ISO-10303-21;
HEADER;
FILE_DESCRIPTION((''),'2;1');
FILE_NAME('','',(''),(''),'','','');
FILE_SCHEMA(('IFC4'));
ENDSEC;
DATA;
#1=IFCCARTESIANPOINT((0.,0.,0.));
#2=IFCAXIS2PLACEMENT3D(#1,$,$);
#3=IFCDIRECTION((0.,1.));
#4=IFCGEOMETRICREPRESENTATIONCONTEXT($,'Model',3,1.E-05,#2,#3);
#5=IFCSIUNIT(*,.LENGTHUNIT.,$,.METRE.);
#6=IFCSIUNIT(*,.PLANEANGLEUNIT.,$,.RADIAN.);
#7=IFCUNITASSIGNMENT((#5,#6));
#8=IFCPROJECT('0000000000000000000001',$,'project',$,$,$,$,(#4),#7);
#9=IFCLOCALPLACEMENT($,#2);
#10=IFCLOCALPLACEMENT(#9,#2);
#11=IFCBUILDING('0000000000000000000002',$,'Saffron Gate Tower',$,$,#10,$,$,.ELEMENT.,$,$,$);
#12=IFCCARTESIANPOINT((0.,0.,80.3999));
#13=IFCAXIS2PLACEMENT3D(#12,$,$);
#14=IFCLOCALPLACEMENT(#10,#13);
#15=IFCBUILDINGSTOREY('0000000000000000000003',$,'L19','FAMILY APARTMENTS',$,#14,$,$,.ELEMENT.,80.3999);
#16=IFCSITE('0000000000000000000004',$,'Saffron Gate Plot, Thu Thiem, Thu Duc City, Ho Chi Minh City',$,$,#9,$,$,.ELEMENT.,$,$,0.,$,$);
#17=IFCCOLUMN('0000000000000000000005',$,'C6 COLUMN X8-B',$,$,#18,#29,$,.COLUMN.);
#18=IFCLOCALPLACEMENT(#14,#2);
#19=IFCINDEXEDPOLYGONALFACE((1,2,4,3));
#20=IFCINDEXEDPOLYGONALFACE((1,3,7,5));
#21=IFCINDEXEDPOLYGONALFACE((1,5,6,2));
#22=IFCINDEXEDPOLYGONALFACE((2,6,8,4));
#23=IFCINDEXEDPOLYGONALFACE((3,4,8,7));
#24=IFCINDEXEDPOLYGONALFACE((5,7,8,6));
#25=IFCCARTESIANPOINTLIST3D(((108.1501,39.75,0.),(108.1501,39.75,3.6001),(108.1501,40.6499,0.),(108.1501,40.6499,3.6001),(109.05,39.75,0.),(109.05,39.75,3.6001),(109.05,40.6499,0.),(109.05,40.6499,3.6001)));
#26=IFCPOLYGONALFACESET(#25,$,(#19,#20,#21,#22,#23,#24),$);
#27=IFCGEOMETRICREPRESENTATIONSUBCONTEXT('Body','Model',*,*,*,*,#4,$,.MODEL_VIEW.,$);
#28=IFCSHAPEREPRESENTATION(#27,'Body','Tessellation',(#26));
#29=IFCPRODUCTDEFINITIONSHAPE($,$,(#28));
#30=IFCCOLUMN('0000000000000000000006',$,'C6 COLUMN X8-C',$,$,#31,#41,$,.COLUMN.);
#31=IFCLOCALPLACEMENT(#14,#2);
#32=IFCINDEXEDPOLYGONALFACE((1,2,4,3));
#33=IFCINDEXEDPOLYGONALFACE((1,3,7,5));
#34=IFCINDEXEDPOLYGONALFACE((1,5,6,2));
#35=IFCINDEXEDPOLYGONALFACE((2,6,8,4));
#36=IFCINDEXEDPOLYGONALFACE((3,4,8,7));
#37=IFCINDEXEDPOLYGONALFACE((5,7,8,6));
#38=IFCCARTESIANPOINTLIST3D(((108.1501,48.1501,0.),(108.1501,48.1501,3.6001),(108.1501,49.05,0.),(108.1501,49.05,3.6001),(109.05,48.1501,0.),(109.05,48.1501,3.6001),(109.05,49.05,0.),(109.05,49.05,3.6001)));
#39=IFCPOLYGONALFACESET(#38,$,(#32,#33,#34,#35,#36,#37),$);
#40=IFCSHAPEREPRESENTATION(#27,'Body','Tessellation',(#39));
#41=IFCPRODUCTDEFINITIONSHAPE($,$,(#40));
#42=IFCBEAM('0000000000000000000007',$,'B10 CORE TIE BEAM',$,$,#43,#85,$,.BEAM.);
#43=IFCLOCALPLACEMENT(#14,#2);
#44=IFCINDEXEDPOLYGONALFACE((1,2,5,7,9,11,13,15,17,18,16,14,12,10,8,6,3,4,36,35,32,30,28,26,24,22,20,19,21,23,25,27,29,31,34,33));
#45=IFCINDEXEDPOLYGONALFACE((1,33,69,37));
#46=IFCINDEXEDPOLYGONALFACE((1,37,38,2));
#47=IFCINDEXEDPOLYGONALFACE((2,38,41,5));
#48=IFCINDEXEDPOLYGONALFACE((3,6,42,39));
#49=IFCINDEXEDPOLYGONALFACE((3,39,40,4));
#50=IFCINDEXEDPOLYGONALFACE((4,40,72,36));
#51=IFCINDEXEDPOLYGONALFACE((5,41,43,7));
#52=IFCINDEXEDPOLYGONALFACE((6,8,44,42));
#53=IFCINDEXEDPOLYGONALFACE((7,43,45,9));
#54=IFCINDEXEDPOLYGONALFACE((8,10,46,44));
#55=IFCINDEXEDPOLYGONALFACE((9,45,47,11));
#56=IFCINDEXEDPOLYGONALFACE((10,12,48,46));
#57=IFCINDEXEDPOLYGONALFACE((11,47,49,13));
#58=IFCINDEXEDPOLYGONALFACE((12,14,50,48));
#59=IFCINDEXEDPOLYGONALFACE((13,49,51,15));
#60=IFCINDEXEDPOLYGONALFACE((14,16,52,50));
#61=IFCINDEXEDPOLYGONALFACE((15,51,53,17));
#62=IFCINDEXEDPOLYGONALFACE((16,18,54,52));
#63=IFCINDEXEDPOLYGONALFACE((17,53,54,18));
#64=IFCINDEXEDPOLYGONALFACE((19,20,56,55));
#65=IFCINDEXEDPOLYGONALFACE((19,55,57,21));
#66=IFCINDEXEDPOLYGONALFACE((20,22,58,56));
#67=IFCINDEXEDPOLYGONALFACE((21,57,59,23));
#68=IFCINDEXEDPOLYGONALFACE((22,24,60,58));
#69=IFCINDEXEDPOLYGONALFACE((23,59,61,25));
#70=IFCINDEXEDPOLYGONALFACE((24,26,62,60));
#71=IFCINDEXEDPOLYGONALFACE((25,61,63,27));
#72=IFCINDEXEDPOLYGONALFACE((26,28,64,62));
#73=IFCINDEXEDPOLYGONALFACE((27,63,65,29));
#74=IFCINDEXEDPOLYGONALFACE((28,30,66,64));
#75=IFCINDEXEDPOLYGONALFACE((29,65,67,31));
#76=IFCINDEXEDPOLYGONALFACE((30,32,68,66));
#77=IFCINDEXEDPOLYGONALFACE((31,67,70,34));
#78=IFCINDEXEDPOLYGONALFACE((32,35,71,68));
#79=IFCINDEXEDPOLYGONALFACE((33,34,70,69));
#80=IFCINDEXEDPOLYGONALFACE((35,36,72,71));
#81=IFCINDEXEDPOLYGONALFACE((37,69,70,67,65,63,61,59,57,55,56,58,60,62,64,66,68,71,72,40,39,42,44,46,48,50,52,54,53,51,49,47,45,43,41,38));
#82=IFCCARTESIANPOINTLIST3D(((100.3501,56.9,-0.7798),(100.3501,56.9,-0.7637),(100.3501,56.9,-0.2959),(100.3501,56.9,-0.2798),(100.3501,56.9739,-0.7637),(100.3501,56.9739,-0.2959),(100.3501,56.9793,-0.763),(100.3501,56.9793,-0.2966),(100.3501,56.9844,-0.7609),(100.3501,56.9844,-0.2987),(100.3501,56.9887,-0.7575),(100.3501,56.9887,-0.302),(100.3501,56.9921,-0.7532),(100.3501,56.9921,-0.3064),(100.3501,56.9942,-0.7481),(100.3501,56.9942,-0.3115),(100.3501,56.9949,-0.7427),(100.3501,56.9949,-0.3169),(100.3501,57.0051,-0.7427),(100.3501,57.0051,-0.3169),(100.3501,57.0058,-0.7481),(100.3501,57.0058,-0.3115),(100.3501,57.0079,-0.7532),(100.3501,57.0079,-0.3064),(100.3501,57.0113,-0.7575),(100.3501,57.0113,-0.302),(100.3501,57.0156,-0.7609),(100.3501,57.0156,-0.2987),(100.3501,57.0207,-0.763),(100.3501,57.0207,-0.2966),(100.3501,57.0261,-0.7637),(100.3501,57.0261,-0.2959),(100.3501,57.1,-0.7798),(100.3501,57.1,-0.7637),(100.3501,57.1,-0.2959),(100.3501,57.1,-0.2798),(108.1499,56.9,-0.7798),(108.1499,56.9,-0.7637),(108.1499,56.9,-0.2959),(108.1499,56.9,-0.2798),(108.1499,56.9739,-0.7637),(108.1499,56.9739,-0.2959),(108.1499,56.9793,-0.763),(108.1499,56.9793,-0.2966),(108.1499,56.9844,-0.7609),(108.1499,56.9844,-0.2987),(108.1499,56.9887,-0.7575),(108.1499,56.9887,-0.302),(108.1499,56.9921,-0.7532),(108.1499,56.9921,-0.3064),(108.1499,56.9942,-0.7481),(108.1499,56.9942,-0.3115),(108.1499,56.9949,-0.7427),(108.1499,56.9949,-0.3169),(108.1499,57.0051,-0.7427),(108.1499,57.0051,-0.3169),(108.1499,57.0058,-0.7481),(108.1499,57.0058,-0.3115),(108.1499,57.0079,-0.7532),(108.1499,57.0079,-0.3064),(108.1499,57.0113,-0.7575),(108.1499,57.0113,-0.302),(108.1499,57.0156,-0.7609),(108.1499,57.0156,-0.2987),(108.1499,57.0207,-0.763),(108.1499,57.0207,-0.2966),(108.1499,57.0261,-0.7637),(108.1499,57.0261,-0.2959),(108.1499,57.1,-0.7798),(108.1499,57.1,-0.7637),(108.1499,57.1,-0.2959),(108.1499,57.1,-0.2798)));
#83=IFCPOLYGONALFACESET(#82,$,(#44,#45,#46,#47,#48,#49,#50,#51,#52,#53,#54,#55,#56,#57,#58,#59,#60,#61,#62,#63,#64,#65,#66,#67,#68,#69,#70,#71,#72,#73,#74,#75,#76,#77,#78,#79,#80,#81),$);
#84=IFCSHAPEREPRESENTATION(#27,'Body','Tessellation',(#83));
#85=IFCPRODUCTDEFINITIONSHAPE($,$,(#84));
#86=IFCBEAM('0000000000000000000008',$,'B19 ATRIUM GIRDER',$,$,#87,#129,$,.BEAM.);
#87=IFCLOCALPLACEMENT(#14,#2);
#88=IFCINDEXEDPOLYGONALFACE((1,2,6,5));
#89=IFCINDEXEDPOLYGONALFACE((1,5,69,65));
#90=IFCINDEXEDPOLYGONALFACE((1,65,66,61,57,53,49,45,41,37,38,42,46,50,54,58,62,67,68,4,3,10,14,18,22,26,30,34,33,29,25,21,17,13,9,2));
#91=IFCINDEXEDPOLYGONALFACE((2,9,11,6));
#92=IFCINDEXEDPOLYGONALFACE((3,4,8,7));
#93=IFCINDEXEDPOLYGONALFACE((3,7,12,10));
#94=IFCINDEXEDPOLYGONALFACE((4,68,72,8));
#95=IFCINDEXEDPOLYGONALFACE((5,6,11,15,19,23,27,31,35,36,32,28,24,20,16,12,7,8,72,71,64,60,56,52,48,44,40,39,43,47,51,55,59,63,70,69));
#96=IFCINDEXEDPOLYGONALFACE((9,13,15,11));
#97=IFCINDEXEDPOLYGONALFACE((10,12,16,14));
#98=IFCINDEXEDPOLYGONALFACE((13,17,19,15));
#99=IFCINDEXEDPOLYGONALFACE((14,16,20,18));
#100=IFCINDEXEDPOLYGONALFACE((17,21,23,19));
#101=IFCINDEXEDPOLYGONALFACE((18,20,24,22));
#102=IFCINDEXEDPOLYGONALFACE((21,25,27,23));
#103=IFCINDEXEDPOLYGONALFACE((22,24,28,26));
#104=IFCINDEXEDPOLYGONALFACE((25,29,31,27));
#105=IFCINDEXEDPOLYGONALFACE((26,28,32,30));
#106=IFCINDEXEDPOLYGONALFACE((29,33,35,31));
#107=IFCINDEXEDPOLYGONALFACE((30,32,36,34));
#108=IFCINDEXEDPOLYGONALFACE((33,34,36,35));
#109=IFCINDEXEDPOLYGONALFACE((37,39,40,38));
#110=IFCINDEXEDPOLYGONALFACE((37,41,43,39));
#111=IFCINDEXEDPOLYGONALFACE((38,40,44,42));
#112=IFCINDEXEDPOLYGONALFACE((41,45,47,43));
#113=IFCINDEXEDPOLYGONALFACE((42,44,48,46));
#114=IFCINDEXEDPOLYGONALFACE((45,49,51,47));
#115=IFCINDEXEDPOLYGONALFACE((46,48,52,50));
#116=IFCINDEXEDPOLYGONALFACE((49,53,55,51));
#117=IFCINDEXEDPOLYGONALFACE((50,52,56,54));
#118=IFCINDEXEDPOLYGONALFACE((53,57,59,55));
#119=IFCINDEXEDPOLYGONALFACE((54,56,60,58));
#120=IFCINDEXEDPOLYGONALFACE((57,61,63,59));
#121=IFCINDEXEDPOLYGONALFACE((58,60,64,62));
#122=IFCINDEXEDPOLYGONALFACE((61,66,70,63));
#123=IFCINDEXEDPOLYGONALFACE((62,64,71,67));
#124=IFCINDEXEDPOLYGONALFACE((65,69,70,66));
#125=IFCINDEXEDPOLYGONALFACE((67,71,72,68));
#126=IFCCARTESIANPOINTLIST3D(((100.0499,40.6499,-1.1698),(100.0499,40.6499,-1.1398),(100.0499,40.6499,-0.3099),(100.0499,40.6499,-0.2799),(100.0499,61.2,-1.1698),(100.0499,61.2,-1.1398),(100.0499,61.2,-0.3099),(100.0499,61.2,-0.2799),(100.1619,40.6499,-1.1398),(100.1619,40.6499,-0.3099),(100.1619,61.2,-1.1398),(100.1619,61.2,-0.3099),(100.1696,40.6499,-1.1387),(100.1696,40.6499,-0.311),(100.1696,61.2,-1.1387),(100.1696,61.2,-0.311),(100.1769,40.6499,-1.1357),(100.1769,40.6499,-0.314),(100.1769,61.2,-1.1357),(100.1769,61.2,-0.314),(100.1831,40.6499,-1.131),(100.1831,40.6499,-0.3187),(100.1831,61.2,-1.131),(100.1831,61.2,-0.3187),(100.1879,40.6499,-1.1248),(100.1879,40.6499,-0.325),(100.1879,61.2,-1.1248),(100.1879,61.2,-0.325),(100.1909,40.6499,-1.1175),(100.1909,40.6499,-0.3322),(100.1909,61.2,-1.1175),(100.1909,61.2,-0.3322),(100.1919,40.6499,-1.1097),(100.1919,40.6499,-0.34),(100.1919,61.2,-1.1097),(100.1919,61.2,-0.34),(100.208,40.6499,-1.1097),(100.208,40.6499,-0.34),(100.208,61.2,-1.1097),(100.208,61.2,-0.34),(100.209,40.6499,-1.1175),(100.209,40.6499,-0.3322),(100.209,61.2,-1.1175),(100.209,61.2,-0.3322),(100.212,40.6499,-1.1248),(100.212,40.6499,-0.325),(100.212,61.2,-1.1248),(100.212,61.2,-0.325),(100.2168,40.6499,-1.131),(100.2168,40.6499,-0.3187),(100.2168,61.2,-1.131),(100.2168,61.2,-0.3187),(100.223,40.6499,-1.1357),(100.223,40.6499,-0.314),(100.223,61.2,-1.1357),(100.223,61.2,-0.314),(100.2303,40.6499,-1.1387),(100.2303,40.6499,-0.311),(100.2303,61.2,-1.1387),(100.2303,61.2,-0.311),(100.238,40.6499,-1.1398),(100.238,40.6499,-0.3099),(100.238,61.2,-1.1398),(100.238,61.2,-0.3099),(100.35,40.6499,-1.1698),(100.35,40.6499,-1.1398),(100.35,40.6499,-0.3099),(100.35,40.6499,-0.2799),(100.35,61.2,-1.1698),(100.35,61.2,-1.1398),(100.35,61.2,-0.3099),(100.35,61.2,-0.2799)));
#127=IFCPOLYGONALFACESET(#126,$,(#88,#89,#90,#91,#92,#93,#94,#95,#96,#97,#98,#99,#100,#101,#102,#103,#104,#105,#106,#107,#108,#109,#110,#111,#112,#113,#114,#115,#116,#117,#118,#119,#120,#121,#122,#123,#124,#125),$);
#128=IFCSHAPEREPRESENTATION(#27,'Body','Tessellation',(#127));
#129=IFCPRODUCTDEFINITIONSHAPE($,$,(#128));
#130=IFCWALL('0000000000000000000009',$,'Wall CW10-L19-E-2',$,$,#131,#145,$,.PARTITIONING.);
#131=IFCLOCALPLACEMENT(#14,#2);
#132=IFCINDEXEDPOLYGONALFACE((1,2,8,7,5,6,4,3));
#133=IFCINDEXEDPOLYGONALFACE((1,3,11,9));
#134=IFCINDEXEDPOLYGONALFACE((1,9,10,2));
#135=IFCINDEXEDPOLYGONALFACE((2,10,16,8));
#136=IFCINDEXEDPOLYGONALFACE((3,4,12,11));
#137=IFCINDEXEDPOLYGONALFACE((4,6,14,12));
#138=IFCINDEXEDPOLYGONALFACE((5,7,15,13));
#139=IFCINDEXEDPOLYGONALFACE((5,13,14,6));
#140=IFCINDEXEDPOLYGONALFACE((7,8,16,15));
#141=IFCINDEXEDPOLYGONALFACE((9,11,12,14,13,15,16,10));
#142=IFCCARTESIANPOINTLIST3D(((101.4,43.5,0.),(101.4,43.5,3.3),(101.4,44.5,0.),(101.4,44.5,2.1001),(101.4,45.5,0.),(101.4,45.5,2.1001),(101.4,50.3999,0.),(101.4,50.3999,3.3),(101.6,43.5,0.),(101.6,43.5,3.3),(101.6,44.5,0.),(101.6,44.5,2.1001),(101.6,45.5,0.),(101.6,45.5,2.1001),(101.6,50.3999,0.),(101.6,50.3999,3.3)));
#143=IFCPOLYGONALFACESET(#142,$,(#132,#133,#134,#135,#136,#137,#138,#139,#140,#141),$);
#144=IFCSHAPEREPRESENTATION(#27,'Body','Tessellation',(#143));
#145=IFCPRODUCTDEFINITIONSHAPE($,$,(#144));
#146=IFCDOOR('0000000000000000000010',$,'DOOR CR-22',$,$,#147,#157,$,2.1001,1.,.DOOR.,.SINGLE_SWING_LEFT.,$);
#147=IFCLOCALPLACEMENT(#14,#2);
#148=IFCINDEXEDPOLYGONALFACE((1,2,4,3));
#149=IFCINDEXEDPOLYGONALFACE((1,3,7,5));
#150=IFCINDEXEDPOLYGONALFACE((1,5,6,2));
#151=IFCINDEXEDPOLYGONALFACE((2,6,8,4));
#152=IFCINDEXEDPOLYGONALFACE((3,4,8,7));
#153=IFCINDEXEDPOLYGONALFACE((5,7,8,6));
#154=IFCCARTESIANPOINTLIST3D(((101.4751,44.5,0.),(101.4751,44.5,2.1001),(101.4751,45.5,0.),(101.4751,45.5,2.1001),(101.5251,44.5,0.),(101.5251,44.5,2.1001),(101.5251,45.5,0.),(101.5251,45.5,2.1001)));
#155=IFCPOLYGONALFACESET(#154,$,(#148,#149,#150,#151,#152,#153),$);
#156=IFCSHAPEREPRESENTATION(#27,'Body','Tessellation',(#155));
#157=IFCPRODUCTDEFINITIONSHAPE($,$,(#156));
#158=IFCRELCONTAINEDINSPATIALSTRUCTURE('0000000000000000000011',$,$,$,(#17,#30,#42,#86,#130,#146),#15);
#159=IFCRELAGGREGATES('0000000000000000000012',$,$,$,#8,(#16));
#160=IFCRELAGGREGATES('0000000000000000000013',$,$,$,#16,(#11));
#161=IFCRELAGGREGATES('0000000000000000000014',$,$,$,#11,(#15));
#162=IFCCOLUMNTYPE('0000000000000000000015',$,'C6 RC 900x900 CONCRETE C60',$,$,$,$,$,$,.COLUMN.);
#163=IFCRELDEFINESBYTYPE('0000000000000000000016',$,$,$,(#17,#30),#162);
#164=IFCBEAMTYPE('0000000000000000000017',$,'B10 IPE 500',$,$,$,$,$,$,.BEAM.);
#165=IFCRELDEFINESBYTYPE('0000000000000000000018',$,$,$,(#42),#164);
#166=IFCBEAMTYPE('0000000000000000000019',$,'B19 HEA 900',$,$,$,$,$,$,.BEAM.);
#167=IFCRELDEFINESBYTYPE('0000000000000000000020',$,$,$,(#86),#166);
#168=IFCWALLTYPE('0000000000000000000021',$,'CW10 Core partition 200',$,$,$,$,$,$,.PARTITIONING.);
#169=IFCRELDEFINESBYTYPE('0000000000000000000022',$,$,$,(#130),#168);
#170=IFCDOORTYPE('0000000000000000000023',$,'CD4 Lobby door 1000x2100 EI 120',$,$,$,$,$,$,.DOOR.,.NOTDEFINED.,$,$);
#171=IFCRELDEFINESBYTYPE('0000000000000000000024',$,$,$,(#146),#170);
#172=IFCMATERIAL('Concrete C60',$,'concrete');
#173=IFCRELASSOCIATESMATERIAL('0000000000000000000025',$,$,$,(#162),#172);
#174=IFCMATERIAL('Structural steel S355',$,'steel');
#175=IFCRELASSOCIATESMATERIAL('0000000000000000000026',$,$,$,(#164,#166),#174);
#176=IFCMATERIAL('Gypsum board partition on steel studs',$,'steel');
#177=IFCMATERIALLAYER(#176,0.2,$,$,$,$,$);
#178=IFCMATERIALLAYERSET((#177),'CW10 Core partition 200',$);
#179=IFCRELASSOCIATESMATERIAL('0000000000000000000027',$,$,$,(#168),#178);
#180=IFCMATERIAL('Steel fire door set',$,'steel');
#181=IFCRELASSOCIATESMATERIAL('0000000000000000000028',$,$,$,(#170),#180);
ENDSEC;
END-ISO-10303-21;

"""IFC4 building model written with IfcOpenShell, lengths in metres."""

from ifc_helpers import new_model, si_unit, direction, frame, frame_2d, origin, origin_2d, place, context, subcontext, project, spatial, rectangle, i_section, extrude, material, layer, layer_set, material_profile, profile_set, type_object, element, fill, save


model = new_model("IFC4")

# Units and contexts
model_context = context("Model", 3, precision=1e-05, world=origin(), true_north=direction((0.0, 1.0)))
body_context = subcontext(model_context, "Body", "Model", "MODEL_VIEW")
ifc_project = project(units=[si_unit("LENGTHUNIT", "METRE"), si_unit("PLANEANGLEUNIT", "RADIAN")], contexts=[model_context])

# Site, building, storey
site_placement = place(None, origin())
site = spatial("IfcSite", under=ifc_project, at=site_placement, Name="Saffron Gate Plot, Thu Thiem, Thu Duc City, Ho Chi Minh City", CompositionType="ELEMENT", RefElevation=0.0)
building_placement = place(site_placement, origin())
building = spatial("IfcBuilding", under=site, at=building_placement, Name="Saffron Gate Tower", CompositionType="ELEMENT")
storey_placement = place(building_placement, frame((0.0, 0.0, 80.3999)))
storey = spatial("IfcBuildingStorey", under=building, at=storey_placement, Name="L19", Description="FAMILY APARTMENTS", CompositionType="ELEMENT", Elevation=80.3999)

# Columns
ifc_material_1 = material(Name="Concrete C60", Category="concrete")
ifc_material_profile_1 = material_profile(ifc_material_1, rectangle(XDim=0.8999, YDim=0.8999, at=origin_2d()))
ifc_profile_set_1 = profile_set([ifc_material_profile_1], Name="Concrete C60")
column_type = type_object("IfcColumnType", Name="C6 RC 900x900 CONCRETE C60", PredefinedType="COLUMN", material=ifc_profile_set_1)
for number, where, z_axis, x_axis, name in (
    (1, (108.6001, 40.2, 0.0), (0.0, 0.0, 1.0), (1.0, 0.0, 0.0), "C6 COLUMN X8-B"),
    (2, (108.6001, 48.6001, 0.0), (0.0, 0.0, 1.0), (1.0, 0.0, 0.0), "C6 COLUMN X8-C"),
):
    element("IfcColumn", number, at=place(storey_placement, frame(where, z_axis=z_axis, x_axis=x_axis)), inside=storey, type_object=column_type, Name=name, PredefinedType="COLUMN", context=body_context, shape_type="SweptSolid", body=[
        extrude(rectangle(XDim=0.8999, YDim=0.8999, at=origin_2d()), origin(), (0.0, 0.0, 1.0), 3.6001),
    ])

# Beams
ifc_material_2 = material(Name="Structural steel S355", Category="steel")
ifc_material_profile_2 = material_profile(ifc_material_2, i_section(OverallWidth=0.2, OverallDepth=0.5, WebThickness=0.0103, FlangeThickness=0.0161, FilletRadius=0.021, at=origin_2d()))
ifc_profile_set_2 = profile_set([ifc_material_profile_2], Name="Structural steel S355")
beam_type_1 = type_object("IfcBeamType", Name="B10 IPE 500", PredefinedType="BEAM", material=ifc_profile_set_2)
beam_1_placement = place(storey_placement, frame((108.1499, 57.0, -0.5298), z_axis=(-1.0, 0.0, 0.0), x_axis=(0.0, -1.0, 0.0)))
element("IfcBeam", 3, at=beam_1_placement, inside=storey, type_object=beam_type_1, Name="B10 CORE TIE BEAM", PredefinedType="BEAM", context=body_context, shape_type="SweptSolid", body=[
    extrude(i_section(OverallWidth=0.2, OverallDepth=0.5, WebThickness=0.0103, FlangeThickness=0.0161, FilletRadius=0.021, at=origin_2d()), origin(), (0.0, 0.0, 1.0), 7.7998),
])
ifc_material_profile_3 = material_profile(ifc_material_2, i_section(OverallWidth=0.3, OverallDepth=0.8899, WebThickness=0.0161, FlangeThickness=0.03, FilletRadius=0.03, at=origin_2d()))
ifc_profile_set_3 = profile_set([ifc_material_profile_3], Name="Structural steel S355")
beam_type_2 = type_object("IfcBeamType", Name="B19 HEA 900", PredefinedType="BEAM", material=ifc_profile_set_3)
beam_2_placement = place(storey_placement, frame((100.2, 40.6499, -0.7249), z_axis=(0.0, 1.0, 0.0), x_axis=(-1.0, 0.0, 0.0)))
element("IfcBeam", 4, at=beam_2_placement, inside=storey, type_object=beam_type_2, Name="B19 ATRIUM GIRDER", PredefinedType="BEAM", context=body_context, shape_type="SweptSolid", body=[
    extrude(i_section(OverallWidth=0.3, OverallDepth=0.8899, WebThickness=0.0161, FlangeThickness=0.03, FilletRadius=0.03, at=origin_2d()), origin(), (0.0, 0.0, 1.0), 20.55),
])

# Wall, opening, door
ifc_material_3 = material(Name="Gypsum board partition on steel studs", Category="steel")
ifc_layer_1 = layer(ifc_material_3, 0.2)
ifc_layer_set_1 = layer_set([ifc_layer_1], Name="CW10 Core partition 200")
wall_type_1 = type_object("IfcWallType", Name="CW10 Core partition 200", PredefinedType="PARTITIONING", material=ifc_layer_set_1)
wall_1_placement = place(storey_placement, frame((101.5, 43.5, 0.0), z_axis=(0.0, 0.0, 1.0), x_axis=(0.0, 1.0, 0.0)))
wall_1 = element("IfcWall", 5, at=wall_1_placement, inside=storey, type_object=wall_type_1, Name="Wall CW10-L19-E-2", PredefinedType="PARTITIONING", context=body_context, shape_type="SweptSolid", body=[
    extrude(rectangle(XDim=6.8999, YDim=0.2, at=frame_2d((3.45, 0.0))), origin(), (0.0, 0.0, 1.0), 3.3),
])
opening_1_placement = place(wall_1_placement, frame((1.0, 0.0, 0.0)))
opening_1 = element("IfcOpeningElement", 6, at=opening_1_placement, cuts=wall_1, PredefinedType="OPENING", context=body_context, shape_type="SweptSolid", body=[
    extrude(rectangle(XDim=1.0, YDim=2.1001, at=frame_2d((0.5, 1.05))), frame((0.0, 0.1099, 0.0), z_axis=(0.0, -1.0, 0.0), x_axis=(1.0, 0.0, 0.0)), (0.0, 0.0, 1.0), 0.22),
])
ifc_material_4 = material(Name="Steel fire door set", Category="steel")
door_type_1 = type_object("IfcDoorType", Name="CD4 Lobby door 1000x2100 EI 120", OperationType="NOTDEFINED", PredefinedType="DOOR", material=ifc_material_4)
door_1_placement = place(opening_1_placement, origin())
door_1 = element("IfcDoor", 7, at=door_1_placement, inside=storey, type_object=door_type_1, Name="DOOR CR-22", OperationType="SINGLE_SWING_LEFT", OverallHeight=2.1001, OverallWidth=1.0, PredefinedType="DOOR", context=body_context, shape_type="SweptSolid", body=[
    extrude(rectangle(XDim=1.0, YDim=2.1001, at=frame_2d((0.5, 1.05))), frame((0.0, 0.0249, 0.0), z_axis=(0.0, -1.0, 0.0), x_axis=(1.0, 0.0, 0.0)), (0.0, 0.0, 1.0), 0.05),
])
fill(opening_1, door_1)

save(model, "model.ifc")
